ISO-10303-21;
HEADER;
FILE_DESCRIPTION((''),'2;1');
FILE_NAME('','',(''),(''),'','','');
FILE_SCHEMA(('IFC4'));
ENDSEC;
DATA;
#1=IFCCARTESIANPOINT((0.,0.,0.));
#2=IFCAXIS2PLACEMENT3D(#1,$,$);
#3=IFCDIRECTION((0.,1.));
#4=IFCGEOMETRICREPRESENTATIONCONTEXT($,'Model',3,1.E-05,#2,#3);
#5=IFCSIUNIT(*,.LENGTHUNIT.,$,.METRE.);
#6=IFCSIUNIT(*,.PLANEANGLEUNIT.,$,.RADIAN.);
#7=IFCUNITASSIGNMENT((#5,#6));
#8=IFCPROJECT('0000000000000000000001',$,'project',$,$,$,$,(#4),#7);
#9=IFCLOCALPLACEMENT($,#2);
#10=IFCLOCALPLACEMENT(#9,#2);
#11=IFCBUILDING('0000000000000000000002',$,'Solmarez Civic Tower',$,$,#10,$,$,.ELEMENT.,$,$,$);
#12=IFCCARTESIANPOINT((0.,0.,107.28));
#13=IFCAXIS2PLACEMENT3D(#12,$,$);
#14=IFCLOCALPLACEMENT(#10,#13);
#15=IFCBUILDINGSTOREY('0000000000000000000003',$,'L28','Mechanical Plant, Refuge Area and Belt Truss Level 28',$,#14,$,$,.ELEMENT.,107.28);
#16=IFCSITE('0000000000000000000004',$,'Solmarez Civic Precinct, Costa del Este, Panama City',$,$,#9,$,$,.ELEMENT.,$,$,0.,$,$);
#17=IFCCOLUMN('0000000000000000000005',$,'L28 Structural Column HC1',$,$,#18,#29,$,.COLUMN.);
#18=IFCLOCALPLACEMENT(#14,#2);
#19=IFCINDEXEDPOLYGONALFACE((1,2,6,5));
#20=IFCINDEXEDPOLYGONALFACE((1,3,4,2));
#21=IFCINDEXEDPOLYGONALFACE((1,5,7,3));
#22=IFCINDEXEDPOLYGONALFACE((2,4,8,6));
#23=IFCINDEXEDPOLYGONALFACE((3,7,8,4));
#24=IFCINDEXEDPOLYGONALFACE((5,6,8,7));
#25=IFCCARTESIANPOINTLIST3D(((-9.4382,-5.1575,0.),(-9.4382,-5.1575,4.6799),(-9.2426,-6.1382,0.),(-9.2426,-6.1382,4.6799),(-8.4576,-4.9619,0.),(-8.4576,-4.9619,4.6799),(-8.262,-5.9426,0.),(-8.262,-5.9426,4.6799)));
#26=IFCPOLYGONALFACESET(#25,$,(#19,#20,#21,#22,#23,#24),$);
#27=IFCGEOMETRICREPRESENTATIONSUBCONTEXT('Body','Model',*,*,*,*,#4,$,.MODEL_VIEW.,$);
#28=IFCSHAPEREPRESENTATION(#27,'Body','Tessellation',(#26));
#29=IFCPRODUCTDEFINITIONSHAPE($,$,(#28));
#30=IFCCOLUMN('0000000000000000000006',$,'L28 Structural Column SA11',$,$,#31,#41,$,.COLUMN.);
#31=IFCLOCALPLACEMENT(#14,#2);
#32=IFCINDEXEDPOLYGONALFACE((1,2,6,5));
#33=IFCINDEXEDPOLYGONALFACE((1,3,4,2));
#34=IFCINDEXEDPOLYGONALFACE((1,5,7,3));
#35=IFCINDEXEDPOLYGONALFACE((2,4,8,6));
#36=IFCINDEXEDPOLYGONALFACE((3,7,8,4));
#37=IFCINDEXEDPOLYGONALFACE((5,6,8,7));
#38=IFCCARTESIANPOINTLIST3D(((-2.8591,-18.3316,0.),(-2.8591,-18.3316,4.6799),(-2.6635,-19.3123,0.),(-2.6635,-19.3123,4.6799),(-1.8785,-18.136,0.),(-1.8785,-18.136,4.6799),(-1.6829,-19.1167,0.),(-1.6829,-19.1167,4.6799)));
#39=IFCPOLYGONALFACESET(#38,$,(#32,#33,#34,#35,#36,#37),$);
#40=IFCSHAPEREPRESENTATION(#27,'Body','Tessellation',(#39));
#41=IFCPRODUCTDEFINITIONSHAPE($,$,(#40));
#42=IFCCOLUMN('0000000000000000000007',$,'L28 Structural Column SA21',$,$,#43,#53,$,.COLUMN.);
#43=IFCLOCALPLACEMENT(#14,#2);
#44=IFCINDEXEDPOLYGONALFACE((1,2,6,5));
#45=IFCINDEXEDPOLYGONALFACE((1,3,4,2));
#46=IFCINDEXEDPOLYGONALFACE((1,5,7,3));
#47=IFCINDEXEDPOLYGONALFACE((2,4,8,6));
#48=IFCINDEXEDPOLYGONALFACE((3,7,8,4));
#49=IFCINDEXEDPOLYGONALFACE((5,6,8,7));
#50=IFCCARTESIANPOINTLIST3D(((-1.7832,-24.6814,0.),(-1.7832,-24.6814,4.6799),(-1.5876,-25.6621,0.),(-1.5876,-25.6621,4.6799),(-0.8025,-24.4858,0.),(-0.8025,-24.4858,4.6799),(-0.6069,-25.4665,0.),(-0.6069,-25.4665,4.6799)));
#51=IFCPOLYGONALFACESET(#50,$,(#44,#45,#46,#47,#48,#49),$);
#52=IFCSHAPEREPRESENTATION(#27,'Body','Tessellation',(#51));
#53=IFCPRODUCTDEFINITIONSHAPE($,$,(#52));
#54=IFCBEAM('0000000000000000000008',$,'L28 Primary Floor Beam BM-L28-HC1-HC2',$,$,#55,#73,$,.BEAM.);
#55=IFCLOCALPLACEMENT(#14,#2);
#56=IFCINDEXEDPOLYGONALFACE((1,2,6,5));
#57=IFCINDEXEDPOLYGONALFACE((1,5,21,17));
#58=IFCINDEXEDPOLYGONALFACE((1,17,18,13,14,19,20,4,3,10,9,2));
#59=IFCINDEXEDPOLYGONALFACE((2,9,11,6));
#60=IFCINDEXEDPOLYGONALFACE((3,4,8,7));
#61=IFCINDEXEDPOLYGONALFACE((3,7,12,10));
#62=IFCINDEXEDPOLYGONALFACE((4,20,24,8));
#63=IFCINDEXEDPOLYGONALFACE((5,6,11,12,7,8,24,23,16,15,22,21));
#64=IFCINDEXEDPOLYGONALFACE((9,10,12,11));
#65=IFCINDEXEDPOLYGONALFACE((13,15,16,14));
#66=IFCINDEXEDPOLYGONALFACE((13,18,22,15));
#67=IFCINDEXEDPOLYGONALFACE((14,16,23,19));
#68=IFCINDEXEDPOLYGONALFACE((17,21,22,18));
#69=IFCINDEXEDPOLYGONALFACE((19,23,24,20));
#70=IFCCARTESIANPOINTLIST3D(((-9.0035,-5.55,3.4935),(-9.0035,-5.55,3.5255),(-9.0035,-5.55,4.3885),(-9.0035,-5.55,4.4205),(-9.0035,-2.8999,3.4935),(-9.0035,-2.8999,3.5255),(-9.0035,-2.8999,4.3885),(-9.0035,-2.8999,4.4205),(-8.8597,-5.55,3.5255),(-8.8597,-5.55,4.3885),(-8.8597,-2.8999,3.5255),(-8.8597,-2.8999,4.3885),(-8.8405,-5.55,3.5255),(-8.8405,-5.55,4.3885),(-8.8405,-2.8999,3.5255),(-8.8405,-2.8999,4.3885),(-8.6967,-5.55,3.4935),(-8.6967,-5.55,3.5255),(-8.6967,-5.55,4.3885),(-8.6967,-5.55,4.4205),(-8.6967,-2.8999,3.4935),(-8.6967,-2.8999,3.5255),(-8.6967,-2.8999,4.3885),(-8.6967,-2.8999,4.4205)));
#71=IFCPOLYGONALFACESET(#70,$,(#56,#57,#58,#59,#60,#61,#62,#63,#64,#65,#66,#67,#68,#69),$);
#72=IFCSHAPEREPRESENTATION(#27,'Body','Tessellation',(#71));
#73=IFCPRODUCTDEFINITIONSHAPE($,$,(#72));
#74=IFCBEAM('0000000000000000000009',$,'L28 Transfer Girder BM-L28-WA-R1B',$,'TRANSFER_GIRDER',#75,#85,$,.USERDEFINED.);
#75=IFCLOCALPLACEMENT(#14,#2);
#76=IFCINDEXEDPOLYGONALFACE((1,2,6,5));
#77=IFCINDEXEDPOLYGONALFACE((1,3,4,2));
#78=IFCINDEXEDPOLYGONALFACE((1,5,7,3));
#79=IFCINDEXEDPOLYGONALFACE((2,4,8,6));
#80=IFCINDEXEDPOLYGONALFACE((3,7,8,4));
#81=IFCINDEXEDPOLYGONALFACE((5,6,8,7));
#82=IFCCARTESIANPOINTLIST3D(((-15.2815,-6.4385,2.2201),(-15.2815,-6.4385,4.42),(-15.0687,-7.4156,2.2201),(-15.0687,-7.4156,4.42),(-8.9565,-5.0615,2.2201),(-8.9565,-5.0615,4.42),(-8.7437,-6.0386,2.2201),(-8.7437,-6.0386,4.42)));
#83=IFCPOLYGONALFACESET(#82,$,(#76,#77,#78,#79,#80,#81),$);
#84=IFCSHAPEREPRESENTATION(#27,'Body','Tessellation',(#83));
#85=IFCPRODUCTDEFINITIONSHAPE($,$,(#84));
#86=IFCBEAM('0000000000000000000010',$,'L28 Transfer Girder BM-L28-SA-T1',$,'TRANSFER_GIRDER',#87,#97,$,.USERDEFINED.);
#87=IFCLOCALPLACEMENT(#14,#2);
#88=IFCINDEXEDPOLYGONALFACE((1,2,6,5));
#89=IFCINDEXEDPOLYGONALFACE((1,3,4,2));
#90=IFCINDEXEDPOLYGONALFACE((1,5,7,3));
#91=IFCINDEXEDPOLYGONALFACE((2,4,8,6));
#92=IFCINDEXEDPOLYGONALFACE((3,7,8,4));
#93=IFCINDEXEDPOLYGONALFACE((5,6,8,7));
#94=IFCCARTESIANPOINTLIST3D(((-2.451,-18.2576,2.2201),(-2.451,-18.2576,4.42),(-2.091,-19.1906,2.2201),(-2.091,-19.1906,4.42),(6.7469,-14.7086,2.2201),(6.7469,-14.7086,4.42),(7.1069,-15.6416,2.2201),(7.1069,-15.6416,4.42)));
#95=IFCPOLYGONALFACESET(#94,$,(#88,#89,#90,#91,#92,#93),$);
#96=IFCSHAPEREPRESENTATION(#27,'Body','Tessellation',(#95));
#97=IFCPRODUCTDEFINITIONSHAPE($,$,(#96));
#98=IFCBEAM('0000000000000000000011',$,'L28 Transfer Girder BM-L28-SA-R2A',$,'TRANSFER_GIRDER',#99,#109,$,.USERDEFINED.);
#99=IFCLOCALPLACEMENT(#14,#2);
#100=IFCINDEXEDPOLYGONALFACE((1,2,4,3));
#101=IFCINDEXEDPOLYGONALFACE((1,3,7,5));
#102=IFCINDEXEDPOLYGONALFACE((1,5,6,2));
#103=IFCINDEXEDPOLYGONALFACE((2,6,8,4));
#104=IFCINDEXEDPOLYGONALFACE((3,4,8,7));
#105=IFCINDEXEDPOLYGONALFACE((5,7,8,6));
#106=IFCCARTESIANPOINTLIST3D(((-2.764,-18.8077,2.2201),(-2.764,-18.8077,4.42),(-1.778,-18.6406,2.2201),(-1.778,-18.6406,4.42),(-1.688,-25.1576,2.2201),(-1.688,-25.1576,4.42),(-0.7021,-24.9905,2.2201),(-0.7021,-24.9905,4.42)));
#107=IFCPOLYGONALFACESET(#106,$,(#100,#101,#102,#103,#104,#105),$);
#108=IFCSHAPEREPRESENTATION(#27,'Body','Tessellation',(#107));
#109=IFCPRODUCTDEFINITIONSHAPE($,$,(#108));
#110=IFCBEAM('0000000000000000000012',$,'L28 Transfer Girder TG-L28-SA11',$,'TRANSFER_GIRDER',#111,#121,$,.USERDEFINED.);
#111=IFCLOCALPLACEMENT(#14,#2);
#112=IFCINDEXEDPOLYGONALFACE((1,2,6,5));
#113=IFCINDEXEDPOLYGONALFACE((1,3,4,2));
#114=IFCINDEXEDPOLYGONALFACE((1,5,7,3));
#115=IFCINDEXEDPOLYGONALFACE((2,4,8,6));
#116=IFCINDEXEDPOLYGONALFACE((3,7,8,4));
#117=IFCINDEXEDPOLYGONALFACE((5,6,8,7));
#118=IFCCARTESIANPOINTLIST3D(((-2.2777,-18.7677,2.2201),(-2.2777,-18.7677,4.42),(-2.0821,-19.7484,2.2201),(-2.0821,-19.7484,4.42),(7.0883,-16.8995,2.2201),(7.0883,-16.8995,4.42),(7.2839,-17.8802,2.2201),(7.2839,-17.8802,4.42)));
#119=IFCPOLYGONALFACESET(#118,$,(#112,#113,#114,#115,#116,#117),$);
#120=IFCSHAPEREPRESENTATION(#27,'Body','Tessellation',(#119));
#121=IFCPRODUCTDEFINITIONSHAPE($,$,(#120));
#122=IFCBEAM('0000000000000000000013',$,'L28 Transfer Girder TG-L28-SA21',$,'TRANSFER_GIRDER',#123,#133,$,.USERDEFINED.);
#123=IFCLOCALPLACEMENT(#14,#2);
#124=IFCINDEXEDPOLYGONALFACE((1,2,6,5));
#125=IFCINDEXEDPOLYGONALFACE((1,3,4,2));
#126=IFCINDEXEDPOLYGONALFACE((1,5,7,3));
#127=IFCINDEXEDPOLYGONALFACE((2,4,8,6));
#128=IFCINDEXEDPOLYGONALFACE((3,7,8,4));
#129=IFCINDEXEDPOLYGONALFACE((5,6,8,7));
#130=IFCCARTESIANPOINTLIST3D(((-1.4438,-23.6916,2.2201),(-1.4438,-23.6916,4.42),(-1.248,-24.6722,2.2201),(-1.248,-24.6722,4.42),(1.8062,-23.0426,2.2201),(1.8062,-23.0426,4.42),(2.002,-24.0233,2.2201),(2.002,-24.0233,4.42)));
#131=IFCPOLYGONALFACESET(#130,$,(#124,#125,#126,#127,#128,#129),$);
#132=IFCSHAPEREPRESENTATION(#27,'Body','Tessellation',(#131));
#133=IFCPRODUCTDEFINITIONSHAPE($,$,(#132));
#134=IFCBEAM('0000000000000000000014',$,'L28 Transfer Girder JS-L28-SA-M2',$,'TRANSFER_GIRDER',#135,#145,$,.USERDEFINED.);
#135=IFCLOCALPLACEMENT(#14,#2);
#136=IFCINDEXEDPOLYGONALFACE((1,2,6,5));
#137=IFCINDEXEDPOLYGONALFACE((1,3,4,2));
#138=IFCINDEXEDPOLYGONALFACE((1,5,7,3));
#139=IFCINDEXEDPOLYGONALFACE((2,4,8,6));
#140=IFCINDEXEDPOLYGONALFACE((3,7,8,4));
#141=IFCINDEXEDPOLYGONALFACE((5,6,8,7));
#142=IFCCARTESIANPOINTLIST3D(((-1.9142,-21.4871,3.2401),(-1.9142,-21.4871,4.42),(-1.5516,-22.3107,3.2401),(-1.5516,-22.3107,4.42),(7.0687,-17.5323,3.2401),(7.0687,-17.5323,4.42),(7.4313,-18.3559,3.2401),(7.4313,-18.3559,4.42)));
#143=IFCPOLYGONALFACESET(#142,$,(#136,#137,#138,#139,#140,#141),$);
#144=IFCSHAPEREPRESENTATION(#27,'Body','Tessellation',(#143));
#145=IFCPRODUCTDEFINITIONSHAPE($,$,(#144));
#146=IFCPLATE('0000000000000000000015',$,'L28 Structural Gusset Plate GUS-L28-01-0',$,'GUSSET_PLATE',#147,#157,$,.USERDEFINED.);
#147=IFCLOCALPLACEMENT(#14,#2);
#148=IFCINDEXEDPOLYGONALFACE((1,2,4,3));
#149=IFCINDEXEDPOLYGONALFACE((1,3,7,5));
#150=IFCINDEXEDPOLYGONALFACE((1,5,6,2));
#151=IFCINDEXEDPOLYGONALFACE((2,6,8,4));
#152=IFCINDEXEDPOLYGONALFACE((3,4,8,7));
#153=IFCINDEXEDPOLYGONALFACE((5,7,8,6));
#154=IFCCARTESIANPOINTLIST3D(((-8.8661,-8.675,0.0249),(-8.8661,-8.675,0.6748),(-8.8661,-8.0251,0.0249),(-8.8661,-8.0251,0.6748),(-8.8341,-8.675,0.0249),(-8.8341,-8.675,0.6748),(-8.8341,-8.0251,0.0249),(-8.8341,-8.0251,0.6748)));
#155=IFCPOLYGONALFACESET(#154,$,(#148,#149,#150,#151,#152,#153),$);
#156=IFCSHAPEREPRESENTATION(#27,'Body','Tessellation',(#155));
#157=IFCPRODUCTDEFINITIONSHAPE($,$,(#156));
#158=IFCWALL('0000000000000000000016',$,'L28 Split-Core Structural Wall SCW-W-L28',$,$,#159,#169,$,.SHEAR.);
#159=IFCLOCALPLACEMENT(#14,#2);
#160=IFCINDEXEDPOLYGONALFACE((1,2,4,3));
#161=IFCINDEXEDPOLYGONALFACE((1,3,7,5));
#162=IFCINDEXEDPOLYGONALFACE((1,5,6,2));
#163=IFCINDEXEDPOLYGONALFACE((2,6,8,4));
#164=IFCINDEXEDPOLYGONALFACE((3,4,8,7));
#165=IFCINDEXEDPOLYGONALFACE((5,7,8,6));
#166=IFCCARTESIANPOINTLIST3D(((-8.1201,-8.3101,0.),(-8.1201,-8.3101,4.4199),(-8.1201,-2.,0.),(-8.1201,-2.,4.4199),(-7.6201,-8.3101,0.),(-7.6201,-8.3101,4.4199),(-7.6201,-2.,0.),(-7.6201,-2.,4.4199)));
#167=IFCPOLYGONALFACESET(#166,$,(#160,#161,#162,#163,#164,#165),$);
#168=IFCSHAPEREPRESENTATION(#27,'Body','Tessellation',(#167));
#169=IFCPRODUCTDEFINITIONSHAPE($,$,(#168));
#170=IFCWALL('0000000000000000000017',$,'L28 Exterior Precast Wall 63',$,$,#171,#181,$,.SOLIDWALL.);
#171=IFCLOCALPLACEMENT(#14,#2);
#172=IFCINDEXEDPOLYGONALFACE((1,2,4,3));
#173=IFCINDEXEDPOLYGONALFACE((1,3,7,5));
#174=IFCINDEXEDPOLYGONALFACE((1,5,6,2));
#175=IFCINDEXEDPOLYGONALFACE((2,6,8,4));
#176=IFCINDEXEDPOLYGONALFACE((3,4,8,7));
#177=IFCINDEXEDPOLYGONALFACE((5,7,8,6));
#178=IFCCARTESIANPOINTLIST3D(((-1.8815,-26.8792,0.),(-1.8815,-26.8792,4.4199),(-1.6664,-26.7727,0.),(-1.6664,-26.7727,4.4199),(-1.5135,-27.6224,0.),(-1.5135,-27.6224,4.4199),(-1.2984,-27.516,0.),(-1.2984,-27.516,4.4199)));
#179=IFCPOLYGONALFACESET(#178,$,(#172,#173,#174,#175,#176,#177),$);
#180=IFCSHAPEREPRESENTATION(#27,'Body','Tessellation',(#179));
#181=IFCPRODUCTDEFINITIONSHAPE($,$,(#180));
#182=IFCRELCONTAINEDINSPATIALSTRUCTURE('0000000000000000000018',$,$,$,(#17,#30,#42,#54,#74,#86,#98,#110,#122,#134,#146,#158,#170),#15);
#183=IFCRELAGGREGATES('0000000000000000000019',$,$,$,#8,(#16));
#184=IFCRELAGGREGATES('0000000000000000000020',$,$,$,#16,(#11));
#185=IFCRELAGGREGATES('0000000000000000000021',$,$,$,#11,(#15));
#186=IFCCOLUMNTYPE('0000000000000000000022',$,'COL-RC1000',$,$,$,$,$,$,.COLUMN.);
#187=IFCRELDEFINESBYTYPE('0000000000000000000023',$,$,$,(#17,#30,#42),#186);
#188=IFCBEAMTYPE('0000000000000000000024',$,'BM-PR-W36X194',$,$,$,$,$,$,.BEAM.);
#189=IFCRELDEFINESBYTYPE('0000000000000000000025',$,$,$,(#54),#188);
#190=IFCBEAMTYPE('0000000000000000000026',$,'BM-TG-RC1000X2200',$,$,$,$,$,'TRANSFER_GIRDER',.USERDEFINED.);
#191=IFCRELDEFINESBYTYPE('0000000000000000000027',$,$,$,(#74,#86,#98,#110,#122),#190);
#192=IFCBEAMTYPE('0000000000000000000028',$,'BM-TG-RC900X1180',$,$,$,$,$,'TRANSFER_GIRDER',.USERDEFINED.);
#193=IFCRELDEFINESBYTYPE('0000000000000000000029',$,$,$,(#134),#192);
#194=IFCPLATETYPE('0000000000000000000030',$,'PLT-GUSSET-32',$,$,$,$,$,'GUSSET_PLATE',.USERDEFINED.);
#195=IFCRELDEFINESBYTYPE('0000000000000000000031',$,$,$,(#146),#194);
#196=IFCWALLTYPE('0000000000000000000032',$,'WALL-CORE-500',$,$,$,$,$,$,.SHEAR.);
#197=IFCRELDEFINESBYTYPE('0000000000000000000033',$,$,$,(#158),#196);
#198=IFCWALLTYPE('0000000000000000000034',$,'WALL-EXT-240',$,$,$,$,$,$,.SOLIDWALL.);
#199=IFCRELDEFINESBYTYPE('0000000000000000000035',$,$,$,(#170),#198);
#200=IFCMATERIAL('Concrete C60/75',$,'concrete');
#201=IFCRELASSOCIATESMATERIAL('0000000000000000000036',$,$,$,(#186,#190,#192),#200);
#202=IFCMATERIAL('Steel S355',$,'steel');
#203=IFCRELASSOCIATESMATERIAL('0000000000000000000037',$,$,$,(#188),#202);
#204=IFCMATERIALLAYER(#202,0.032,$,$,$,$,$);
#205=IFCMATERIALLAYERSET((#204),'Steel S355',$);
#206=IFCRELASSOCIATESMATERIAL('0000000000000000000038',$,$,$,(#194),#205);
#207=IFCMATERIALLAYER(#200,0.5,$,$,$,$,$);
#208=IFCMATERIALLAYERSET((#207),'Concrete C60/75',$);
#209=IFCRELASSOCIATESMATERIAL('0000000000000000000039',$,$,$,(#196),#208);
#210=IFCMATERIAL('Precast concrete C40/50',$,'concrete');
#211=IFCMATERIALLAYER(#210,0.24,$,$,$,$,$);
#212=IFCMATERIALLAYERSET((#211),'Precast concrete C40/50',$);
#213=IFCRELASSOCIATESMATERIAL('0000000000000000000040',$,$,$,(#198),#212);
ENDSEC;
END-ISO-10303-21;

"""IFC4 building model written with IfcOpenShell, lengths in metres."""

from ifc_helpers import new_model, si_unit, direction, frame, frame_2d, origin, origin_2d, place, context, subcontext, project, spatial, rectangle, i_section, extrude, material, layer, layer_set, material_profile, profile_set, type_object, element, save


model = new_model("IFC4")

# Units and contexts
model_context = context("Model", 3, precision=1e-05, world=origin(), true_north=direction((0.0, 1.0)))
body_context = subcontext(model_context, "Body", "Model", "MODEL_VIEW")
ifc_project = project(units=[si_unit("LENGTHUNIT", "METRE"), si_unit("PLANEANGLEUNIT", "RADIAN")], contexts=[model_context])

# Site, building, storey
site_placement = place(None, origin())
site = spatial("IfcSite", under=ifc_project, at=site_placement, Name="Solmarez Civic Precinct, Costa del Este, Panama City", CompositionType="ELEMENT", RefElevation=0.0)
building_placement = place(site_placement, origin())
building = spatial("IfcBuilding", under=site, at=building_placement, Name="Solmarez Civic Tower", CompositionType="ELEMENT")
storey_placement = place(building_placement, frame((0.0, 0.0, 107.28)))
storey = spatial("IfcBuildingStorey", under=building, at=storey_placement, Name="L28", Description="Mechanical Plant, Refuge Area and Belt Truss Level 28", CompositionType="ELEMENT", Elevation=107.28)

# Columns
ifc_material_1 = material(Name="Concrete C60/75", Category="concrete")
ifc_material_profile_1 = material_profile(ifc_material_1, rectangle(XDim=1.0, YDim=1.0, at=origin_2d()), Name="RC1000X1000")
ifc_profile_set_1 = profile_set([ifc_material_profile_1], Name="Concrete C60/75")
column_type = type_object("IfcColumnType", Name="COL-RC1000", PredefinedType="COLUMN", material=ifc_profile_set_1)
for number, where, z_axis, x_axis, name in (
    (1, (-8.8501, -5.55, 0.0), (0.0, 0.0, 1.0), (0.980683, 0.195604, 0.0), "L28 Structural Column HC1"),
    (2, (-2.271, -18.7241, 0.0), (0.0, 0.0, 1.0), (0.980683, 0.195604, 0.0), "L28 Structural Column SA11"),
    (3, (-1.1951, -25.074, 0.0), (0.0, 0.0, 1.0), (0.980683, 0.195604, 0.0), "L28 Structural Column SA21"),
):
    element("IfcColumn", number, at=place(storey_placement, frame(where, z_axis=z_axis, x_axis=x_axis)), inside=storey, type_object=column_type, Name=name, PredefinedType="COLUMN", context=body_context, shape_type="SweptSolid", body=[
        extrude(rectangle(XDim=1.0, YDim=1.0, at=origin_2d()), origin(), (0.0, 0.0, 1.0), 4.6799),
    ])

# Beams
ifc_material_2 = material(Name="Steel S355", Category="steel")
ifc_material_profile_2 = material_profile(ifc_material_2, i_section(OverallWidth=0.3069, OverallDepth=0.927, WebThickness=0.0193, FlangeThickness=0.032, at=origin_2d()), Name="W36X194")
ifc_profile_set_2 = profile_set([ifc_material_profile_2], Name="Steel S355")
beam_type_1 = type_object("IfcBeamType", Name="BM-PR-W36X194", PredefinedType="BEAM", material=ifc_profile_set_2)
beam_1_placement = place(storey_placement, frame((-8.8501, -5.55, 3.957), z_axis=(0.0, 1.0, 0.0), x_axis=(-1.0, 0.0, 0.0)))
element("IfcBeam", 4, at=beam_1_placement, inside=storey, type_object=beam_type_1, Name="L28 Primary Floor Beam BM-L28-HC1-HC2", PredefinedType="BEAM", context=body_context, shape_type="SweptSolid", body=[
    extrude(i_section(OverallWidth=0.3069, OverallDepth=0.927, WebThickness=0.0193, FlangeThickness=0.032, at=origin_2d()), origin(), (0.0, 0.0, 1.0), 2.6501),
])
ifc_material_profile_3 = material_profile(ifc_material_1, rectangle(XDim=1.0, YDim=2.2, at=origin_2d()), Name="RC1000X2200")
ifc_profile_set_3 = profile_set([ifc_material_profile_3], Name="Concrete C60/75")
beam_type_2 = type_object("IfcBeamType", Name="BM-TG-RC1000X2200", ElementType="TRANSFER_GIRDER", PredefinedType="USERDEFINED", material=ifc_profile_set_3)
beam_2_placement = place(storey_placement, frame((-8.8501, -5.55, 3.3201), z_axis=(-0.977113, -0.212719, 0.0), x_axis=(0.212719, -0.977113, 0.0)))
element("IfcBeam", 5, at=beam_2_placement, inside=storey, type_object=beam_type_2, Name="L28 Transfer Girder BM-L28-WA-R1B", ObjectType="TRANSFER_GIRDER", PredefinedType="USERDEFINED", context=body_context, shape_type="SweptSolid", body=[
    extrude(rectangle(XDim=1.0, YDim=2.2, at=origin_2d()), origin(), (0.0, 0.0, 1.0), 6.4731),
])
beam_3_placement = place(storey_placement, frame((-2.271, -18.7241, 3.3201), z_axis=(0.932958, 0.359984, 0.0), x_axis=(-0.359984, 0.932958, 0.0)))
element("IfcBeam", 6, at=beam_3_placement, inside=storey, type_object=beam_type_2, Name="L28 Transfer Girder BM-L28-SA-T1", ObjectType="TRANSFER_GIRDER", PredefinedType="USERDEFINED", context=body_context, shape_type="SweptSolid", body=[
    extrude(rectangle(XDim=1.0, YDim=2.2, at=origin_2d()), origin(), (0.0, 0.0, 1.0), 9.8589),
])
beam_4_placement = place(storey_placement, frame((-2.271, -18.7241, 3.3201), z_axis=(0.16706, -0.985947, 0.0), x_axis=(0.985947, 0.16706, 0.0)))
element("IfcBeam", 7, at=beam_4_placement, inside=storey, type_object=beam_type_2, Name="L28 Transfer Girder BM-L28-SA-R2A", ObjectType="TRANSFER_GIRDER", PredefinedType="USERDEFINED", context=body_context, shape_type="SweptSolid", body=[
    extrude(rectangle(XDim=1.0, YDim=2.2, at=origin_2d()), origin(), (0.0, 0.0, 1.0), 6.4404),
])
beam_5_placement = place(storey_placement, frame((-2.1799, -19.2581, 3.3201), z_axis=(0.980682, 0.19561, 0.0), x_axis=(-0.19561, 0.980682, 0.0)))
element("IfcBeam", 8, at=beam_5_placement, inside=storey, type_object=beam_type_2, Name="L28 Transfer Girder TG-L28-SA11", ObjectType="TRANSFER_GIRDER", PredefinedType="USERDEFINED", context=body_context, shape_type="SweptSolid", body=[
    extrude(rectangle(XDim=1.0, YDim=2.2, at=origin_2d()), origin(), (0.0, 0.0, 1.0), 9.5505),
])
beam_6_placement = place(storey_placement, frame((-1.3459, -24.1819, 3.3201), z_axis=(0.980643, 0.195804, 0.0), x_axis=(-0.195804, 0.980643, 0.0)))
element("IfcBeam", 9, at=beam_6_placement, inside=storey, type_object=beam_type_2, Name="L28 Transfer Girder TG-L28-SA21", ObjectType="TRANSFER_GIRDER", PredefinedType="USERDEFINED", context=body_context, shape_type="SweptSolid", body=[
    extrude(rectangle(XDim=1.0, YDim=2.2, at=origin_2d()), origin(), (0.0, 0.0, 1.0), 3.3142),
])
ifc_material_profile_4 = material_profile(ifc_material_1, rectangle(XDim=0.8999, YDim=1.1799, at=origin_2d()), Name="RC900X1180")
ifc_profile_set_4 = profile_set([ifc_material_profile_4], Name="Concrete C60/75")
beam_type_3 = type_object("IfcBeamType", Name="BM-TG-RC900X1180", ElementType="TRANSFER_GIRDER", PredefinedType="USERDEFINED", material=ifc_profile_set_4)
beam_7_placement = place(storey_placement, frame((-1.7329, -21.8989, 3.8301), z_axis=(0.915227, 0.402939, 0.0), x_axis=(-0.402939, 0.915227, 0.0)))
element("IfcBeam", 10, at=beam_7_placement, inside=storey, type_object=beam_type_3, Name="L28 Transfer Girder JS-L28-SA-M2", ObjectType="TRANSFER_GIRDER", PredefinedType="USERDEFINED", context=body_context, shape_type="SweptSolid", body=[
    extrude(rectangle(XDim=0.8999, YDim=1.1799, at=origin_2d()), origin(), (0.0, 0.0, 1.0), 9.8149),
])

# Plate
ifc_layer_1 = layer(ifc_material_2, 0.032)
ifc_layer_set_1 = layer_set([ifc_layer_1], Name="Steel S355")
plate_type = type_object("IfcPlateType", Name="PLT-GUSSET-32", ElementType="GUSSET_PLATE", PredefinedType="USERDEFINED", material=ifc_layer_set_1)
plate_placement = place(storey_placement, frame((-8.8501, -8.3501, 0.0249), z_axis=(0.0, 0.0, 1.0), x_axis=(0.0, 1.0, 0.0)))
element("IfcPlate", 11, at=plate_placement, inside=storey, type_object=plate_type, Name="L28 Structural Gusset Plate GUS-L28-01-0", ObjectType="GUSSET_PLATE", PredefinedType="USERDEFINED", context=body_context, shape_type="SweptSolid", body=[
    extrude(rectangle(XDim=0.6499, YDim=0.032, at=origin_2d()), origin(), (0.0, 0.0, 1.0), 0.6499),
])

# Walls
ifc_layer_2 = layer(ifc_material_1, 0.5)
ifc_layer_set_2 = layer_set([ifc_layer_2], Name="Concrete C60/75")
wall_type_1 = type_object("IfcWallType", Name="WALL-CORE-500", PredefinedType="SHEAR", material=ifc_layer_set_2)
wall_1_placement = place(storey_placement, frame((-7.8701, -8.3101, 0.0), z_axis=(0.0, 0.0, 1.0), x_axis=(0.0, 1.0, 0.0)))
element("IfcWall", 12, at=wall_1_placement, inside=storey, type_object=wall_type_1, Name="L28 Split-Core Structural Wall SCW-W-L28", PredefinedType="SHEAR", context=body_context, shape_type="SweptSolid", body=[
    extrude(rectangle(XDim=6.3101, YDim=0.5, at=frame_2d((3.155, 0.0))), origin(), (0.0, 0.0, 1.0), 4.4199),
])
ifc_material_3 = material(Name="Precast concrete C40/50", Category="concrete")
ifc_layer_3 = layer(ifc_material_3, 0.24)
ifc_layer_set_3 = layer_set([ifc_layer_3], Name="Precast concrete C40/50")
wall_type_2 = type_object("IfcWallType", Name="WALL-EXT-240", PredefinedType="SOLIDWALL", material=ifc_layer_set_3)
wall_2_placement = place(storey_placement, frame((-1.406, -27.5691, 0.0), z_axis=(0.0, 0.0, 1.0), x_axis=(-0.443677, 0.896187, 0.0)))
element("IfcWall", 13, at=wall_2_placement, inside=storey, type_object=wall_type_2, Name="L28 Exterior Precast Wall 63", PredefinedType="SOLIDWALL", context=body_context, shape_type="SweptSolid", body=[
    extrude(rectangle(XDim=0.8293, YDim=0.24, at=frame_2d((0.4146, 0.0))), origin(), (0.0, 0.0, 1.0), 4.4199),
])

save(model, "model.ifc")
